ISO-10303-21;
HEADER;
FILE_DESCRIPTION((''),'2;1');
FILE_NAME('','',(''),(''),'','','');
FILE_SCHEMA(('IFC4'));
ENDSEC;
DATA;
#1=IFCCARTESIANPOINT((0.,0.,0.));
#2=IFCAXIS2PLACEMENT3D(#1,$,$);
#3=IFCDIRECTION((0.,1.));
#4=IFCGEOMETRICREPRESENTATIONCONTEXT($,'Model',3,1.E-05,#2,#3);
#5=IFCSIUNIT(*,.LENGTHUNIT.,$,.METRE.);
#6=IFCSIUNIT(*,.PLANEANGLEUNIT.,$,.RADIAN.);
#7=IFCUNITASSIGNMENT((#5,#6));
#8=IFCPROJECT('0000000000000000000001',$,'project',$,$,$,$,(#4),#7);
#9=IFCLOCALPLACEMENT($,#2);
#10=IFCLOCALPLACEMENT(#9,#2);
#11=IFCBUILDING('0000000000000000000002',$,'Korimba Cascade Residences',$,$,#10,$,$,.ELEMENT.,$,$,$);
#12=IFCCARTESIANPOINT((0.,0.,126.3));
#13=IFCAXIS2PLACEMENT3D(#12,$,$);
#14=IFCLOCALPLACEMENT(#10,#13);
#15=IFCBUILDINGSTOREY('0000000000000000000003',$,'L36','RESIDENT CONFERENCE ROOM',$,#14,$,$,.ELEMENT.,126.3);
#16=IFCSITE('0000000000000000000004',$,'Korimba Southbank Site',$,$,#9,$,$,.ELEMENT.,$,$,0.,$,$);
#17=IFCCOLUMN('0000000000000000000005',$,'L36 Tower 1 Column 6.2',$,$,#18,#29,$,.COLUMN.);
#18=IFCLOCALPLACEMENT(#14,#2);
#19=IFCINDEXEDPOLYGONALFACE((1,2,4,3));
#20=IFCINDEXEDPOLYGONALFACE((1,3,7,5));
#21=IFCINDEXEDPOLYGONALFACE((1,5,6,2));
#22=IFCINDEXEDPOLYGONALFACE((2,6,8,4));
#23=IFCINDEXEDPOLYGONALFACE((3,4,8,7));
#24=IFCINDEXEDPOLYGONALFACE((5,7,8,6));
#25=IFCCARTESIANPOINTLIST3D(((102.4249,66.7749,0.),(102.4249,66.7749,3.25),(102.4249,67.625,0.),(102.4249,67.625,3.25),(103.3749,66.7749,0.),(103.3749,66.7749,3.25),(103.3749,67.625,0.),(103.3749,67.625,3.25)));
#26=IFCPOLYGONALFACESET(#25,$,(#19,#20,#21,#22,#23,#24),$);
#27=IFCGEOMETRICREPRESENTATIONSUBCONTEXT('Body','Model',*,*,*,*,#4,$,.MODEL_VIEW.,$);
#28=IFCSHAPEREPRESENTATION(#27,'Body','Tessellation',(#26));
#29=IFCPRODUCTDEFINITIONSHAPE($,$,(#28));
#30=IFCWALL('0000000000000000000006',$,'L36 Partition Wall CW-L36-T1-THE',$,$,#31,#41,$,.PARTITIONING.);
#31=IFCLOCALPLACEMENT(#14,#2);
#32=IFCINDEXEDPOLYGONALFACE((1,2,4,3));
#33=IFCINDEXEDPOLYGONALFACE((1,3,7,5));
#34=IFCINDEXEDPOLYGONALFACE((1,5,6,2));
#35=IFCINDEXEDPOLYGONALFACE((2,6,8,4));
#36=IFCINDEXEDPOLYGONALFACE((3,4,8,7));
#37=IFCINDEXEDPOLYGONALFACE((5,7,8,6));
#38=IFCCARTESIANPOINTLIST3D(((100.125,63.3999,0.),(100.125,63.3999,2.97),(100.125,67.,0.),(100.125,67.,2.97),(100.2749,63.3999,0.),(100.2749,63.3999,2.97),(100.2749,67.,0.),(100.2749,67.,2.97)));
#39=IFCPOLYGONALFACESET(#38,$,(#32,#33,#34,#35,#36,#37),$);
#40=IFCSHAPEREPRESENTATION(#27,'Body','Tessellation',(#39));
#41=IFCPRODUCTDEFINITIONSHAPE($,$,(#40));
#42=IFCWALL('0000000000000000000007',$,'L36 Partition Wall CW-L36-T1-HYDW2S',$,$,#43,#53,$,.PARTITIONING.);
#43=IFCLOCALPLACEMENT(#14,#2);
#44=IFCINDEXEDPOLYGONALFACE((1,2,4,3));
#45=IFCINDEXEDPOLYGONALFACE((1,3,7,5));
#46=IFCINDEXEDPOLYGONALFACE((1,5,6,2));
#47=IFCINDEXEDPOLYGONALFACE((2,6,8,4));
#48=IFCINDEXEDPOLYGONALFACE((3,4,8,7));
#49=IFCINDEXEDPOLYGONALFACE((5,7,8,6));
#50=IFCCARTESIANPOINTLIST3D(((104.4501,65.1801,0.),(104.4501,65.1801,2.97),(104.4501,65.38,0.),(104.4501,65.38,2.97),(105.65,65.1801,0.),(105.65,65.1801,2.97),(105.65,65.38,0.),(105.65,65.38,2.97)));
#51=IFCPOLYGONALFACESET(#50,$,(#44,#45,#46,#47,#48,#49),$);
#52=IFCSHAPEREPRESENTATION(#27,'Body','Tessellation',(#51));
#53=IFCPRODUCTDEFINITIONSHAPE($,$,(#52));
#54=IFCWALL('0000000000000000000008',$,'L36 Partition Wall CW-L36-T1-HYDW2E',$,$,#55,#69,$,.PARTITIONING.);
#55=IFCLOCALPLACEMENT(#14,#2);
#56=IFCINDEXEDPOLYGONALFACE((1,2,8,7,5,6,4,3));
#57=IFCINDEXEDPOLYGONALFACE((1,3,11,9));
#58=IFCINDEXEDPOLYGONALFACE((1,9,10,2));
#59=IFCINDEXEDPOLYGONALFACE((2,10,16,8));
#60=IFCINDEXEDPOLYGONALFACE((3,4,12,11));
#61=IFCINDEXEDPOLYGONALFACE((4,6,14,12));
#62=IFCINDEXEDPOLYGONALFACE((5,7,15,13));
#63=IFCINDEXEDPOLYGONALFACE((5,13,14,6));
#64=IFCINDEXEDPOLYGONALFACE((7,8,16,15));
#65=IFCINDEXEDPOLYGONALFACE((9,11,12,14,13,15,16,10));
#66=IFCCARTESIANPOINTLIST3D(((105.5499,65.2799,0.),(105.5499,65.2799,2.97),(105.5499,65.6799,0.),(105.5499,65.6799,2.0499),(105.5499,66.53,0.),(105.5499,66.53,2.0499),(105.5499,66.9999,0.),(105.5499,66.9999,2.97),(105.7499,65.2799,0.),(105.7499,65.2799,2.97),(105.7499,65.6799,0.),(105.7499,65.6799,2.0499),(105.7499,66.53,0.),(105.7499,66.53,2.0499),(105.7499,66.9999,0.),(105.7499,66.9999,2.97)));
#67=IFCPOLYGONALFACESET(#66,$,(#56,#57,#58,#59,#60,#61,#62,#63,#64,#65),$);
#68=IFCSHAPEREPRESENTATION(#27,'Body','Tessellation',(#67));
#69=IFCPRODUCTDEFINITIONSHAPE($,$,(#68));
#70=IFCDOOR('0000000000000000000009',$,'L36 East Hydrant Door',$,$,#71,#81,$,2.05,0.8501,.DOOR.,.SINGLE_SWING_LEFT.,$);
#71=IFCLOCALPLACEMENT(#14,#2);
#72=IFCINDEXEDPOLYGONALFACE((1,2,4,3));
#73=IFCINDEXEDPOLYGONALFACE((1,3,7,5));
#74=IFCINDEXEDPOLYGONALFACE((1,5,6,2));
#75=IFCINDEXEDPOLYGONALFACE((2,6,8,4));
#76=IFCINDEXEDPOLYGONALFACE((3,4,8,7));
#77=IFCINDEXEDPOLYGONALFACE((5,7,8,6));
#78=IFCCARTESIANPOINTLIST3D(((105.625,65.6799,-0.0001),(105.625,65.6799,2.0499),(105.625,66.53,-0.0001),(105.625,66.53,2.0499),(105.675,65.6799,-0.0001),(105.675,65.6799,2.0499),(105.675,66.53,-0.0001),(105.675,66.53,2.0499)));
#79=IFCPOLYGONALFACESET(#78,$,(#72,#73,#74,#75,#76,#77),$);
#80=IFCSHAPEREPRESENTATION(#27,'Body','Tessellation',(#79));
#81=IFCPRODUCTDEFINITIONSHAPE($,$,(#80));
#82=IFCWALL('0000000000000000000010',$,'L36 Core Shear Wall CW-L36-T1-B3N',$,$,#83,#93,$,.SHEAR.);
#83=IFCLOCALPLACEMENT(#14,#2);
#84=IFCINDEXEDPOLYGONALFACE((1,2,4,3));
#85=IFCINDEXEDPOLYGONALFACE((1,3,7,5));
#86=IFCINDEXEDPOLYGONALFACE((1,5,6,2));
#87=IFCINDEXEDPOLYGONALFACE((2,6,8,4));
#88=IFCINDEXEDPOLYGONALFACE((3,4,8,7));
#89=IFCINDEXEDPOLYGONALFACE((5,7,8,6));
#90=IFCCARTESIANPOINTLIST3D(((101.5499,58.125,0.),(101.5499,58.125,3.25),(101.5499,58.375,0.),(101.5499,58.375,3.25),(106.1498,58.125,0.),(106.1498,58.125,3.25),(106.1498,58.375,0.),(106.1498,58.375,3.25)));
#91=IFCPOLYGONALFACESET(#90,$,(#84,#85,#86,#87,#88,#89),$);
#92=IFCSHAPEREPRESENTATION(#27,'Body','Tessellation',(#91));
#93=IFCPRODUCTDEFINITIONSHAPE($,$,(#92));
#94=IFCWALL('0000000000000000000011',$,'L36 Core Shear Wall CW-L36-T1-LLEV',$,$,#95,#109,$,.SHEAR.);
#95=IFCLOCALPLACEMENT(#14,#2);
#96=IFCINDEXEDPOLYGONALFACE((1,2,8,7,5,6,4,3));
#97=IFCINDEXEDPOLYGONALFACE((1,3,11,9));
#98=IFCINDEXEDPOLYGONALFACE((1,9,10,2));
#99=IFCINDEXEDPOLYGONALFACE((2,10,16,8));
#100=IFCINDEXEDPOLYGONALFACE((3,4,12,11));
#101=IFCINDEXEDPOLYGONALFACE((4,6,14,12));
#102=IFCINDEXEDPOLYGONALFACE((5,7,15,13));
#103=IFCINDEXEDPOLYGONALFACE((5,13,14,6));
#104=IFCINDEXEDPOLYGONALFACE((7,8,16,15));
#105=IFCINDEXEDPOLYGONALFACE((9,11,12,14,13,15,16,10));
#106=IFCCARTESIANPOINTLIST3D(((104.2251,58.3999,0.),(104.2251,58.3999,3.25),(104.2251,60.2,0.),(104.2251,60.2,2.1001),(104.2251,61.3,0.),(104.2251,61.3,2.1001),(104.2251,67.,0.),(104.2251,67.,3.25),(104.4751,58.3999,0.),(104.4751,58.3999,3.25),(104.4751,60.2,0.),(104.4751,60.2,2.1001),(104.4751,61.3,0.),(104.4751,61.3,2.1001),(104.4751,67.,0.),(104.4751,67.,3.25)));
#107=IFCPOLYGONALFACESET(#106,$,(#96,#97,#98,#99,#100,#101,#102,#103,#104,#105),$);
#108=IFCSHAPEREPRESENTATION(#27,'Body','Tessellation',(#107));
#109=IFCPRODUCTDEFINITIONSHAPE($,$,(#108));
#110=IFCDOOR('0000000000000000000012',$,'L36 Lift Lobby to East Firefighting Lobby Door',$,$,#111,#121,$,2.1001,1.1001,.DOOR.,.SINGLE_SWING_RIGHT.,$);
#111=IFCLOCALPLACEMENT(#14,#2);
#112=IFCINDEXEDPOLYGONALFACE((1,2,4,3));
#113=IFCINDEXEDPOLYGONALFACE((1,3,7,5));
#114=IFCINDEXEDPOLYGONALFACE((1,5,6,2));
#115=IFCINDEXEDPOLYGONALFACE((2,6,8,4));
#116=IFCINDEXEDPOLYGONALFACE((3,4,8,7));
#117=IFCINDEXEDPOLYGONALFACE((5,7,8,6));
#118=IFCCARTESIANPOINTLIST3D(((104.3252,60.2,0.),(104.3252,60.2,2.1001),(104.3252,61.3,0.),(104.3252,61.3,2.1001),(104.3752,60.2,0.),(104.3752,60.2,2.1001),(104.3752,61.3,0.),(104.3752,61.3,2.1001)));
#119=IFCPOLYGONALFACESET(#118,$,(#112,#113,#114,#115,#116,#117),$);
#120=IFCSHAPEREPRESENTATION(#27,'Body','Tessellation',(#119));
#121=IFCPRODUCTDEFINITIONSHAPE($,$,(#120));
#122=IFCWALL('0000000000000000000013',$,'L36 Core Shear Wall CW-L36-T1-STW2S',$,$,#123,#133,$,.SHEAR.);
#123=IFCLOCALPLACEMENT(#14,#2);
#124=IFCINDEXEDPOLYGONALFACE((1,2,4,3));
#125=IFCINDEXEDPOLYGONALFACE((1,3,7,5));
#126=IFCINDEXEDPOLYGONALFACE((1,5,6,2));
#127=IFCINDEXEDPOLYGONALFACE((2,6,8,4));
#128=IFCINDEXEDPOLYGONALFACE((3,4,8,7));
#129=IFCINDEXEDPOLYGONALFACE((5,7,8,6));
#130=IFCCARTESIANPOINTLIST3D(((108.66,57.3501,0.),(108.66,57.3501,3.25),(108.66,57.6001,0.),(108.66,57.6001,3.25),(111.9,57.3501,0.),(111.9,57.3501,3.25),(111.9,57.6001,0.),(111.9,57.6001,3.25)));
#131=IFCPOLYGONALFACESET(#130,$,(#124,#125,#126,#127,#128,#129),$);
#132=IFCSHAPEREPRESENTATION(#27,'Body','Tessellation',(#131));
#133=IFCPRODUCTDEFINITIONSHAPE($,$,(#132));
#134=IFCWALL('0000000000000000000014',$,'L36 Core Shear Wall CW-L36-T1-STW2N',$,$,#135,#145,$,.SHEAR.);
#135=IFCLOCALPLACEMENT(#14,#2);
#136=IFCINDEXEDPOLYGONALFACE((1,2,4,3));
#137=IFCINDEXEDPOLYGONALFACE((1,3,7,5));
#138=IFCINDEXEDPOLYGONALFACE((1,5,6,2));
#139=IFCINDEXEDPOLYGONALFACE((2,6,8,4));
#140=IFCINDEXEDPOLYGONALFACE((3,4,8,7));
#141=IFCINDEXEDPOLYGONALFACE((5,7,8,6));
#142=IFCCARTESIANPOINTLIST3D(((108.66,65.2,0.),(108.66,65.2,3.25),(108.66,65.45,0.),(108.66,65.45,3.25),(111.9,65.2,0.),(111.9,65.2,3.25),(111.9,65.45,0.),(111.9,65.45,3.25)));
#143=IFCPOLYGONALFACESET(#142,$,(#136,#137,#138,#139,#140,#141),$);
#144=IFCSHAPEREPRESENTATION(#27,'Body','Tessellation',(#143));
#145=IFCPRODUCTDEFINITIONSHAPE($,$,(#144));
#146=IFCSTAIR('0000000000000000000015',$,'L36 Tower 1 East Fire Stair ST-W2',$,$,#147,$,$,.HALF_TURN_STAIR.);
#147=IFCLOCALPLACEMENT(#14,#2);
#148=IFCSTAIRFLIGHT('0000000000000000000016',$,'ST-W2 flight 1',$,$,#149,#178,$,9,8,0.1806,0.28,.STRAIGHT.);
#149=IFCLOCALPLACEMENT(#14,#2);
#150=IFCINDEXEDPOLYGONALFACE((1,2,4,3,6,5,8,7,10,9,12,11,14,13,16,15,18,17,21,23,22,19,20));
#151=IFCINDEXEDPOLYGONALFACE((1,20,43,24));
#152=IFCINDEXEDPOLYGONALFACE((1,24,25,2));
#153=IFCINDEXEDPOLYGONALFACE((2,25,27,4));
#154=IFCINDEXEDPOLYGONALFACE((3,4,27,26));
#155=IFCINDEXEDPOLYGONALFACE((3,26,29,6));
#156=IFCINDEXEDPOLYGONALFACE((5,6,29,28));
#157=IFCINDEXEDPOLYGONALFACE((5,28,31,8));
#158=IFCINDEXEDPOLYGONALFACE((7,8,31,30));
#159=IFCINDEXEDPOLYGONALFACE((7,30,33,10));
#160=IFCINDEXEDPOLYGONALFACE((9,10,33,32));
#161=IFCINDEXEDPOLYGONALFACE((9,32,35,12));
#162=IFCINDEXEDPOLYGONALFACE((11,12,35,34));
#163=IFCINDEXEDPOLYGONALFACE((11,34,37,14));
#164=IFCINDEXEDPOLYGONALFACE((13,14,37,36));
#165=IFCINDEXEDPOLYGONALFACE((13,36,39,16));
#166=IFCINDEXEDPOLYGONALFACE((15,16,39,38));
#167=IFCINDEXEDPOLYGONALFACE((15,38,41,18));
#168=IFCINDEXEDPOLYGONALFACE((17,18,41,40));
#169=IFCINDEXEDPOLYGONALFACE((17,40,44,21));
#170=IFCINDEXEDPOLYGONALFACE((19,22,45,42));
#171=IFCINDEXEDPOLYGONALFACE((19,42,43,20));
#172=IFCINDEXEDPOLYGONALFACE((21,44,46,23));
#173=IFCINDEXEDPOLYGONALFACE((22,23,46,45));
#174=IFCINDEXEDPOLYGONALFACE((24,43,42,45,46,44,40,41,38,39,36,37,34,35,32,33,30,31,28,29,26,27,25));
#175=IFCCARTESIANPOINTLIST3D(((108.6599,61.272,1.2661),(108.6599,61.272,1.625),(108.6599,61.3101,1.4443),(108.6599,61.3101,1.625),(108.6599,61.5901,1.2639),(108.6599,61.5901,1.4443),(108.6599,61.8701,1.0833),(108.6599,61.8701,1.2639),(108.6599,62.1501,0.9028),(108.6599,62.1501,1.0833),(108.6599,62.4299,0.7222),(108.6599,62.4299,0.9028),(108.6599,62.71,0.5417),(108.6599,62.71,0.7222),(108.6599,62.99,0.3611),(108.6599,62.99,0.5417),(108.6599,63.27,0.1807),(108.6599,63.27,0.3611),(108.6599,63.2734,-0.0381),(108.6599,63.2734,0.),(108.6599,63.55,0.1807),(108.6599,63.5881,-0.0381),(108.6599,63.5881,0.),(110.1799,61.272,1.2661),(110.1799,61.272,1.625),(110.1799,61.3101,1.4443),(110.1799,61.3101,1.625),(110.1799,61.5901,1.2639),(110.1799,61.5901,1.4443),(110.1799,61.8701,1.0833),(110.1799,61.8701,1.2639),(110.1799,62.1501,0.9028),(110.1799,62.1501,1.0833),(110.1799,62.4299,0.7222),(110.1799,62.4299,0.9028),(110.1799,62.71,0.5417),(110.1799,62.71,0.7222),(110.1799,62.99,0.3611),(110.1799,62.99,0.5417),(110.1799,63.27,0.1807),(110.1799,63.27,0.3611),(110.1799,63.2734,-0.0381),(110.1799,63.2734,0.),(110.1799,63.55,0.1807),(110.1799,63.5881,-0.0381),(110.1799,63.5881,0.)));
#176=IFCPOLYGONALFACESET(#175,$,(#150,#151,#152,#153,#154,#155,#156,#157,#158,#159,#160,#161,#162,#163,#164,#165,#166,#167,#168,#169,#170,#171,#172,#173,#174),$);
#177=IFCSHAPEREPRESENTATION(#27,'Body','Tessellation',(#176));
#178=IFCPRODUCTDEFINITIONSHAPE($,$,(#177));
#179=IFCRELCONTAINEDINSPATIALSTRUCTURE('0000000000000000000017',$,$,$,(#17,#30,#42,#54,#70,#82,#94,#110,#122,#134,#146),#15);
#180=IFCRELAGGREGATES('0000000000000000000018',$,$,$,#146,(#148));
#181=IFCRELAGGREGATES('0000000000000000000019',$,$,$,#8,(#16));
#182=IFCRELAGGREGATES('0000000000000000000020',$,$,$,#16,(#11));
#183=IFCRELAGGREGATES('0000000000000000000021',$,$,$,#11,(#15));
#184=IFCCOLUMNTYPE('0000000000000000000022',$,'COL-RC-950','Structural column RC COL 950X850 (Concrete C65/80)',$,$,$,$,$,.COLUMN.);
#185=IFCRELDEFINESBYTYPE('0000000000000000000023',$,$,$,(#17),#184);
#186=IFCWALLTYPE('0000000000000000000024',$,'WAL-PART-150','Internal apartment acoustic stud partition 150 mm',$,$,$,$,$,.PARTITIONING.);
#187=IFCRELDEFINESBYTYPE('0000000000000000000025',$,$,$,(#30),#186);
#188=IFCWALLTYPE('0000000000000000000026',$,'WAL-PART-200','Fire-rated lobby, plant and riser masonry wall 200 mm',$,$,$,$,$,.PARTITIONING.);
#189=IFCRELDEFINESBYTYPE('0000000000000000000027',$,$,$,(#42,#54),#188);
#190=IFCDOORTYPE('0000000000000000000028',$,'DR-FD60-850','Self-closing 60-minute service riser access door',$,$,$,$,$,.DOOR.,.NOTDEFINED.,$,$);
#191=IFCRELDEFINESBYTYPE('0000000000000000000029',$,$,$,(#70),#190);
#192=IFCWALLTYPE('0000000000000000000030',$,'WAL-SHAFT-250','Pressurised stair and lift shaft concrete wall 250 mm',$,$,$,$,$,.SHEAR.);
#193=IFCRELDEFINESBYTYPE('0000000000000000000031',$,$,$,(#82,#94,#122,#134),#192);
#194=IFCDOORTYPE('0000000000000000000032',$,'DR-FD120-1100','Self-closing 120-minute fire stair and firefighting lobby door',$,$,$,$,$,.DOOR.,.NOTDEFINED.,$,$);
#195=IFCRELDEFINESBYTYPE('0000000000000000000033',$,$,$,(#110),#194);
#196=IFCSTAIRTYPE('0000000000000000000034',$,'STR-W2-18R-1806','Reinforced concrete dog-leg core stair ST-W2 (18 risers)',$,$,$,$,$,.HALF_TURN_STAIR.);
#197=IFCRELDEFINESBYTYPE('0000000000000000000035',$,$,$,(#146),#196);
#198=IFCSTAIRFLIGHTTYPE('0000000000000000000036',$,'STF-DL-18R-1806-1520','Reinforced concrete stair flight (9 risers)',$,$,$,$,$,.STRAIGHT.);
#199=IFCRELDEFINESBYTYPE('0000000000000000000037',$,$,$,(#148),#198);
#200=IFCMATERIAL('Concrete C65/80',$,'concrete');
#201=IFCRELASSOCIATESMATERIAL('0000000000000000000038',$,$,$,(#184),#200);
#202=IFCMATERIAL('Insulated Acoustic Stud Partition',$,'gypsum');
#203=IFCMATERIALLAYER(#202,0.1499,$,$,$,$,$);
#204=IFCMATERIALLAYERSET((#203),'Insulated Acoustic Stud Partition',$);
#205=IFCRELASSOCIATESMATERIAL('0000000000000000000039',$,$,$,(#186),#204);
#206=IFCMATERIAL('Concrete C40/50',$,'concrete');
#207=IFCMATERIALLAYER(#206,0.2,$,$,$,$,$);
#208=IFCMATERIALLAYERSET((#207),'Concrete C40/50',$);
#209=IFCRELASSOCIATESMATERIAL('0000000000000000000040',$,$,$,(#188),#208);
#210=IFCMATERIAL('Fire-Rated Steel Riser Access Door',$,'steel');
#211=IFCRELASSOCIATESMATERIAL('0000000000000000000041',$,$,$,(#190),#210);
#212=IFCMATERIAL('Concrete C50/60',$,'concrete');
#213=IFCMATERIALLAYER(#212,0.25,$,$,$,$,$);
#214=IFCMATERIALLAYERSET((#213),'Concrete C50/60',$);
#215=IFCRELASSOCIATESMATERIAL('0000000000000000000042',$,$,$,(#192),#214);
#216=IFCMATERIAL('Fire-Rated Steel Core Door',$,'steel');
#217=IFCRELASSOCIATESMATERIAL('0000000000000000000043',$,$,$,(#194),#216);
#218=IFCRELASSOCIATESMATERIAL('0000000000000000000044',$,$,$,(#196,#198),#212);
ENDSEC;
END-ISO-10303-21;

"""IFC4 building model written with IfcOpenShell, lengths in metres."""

from ifc_helpers import new_model, si_unit, direction, frame, frame_2d, origin, origin_2d, place, context, subcontext, project, spatial, polyline, rectangle, outline, extrude, material, layer, layer_set, material_profile, profile_set, type_object, element, fill, aggregate, save


model = new_model("IFC4")

# Units and contexts
model_context = context("Model", 3, precision=1e-05, world=origin(), true_north=direction((0.0, 1.0)))
body_context = subcontext(model_context, "Body", "Model", "MODEL_VIEW")
ifc_project = project(units=[si_unit("LENGTHUNIT", "METRE"), si_unit("PLANEANGLEUNIT", "RADIAN")], contexts=[model_context])

# Site, building, storey
site_placement = place(None, origin())
site = spatial("IfcSite", under=ifc_project, at=site_placement, Name="Korimba Southbank Site", CompositionType="ELEMENT", RefElevation=0.0)
building_placement = place(site_placement, origin())
building = spatial("IfcBuilding", under=site, at=building_placement, Name="Korimba Cascade Residences", CompositionType="ELEMENT")
storey_placement = place(building_placement, frame((0.0, 0.0, 126.3)))
storey = spatial("IfcBuildingStorey", under=building, at=storey_placement, Name="L36", Description="RESIDENT CONFERENCE ROOM", CompositionType="ELEMENT", Elevation=126.3)

# Column
ifc_material_1 = material(Name="Concrete C65/80", Category="concrete")
ifc_material_profile = material_profile(ifc_material_1, rectangle(XDim=0.95, YDim=0.8501, at=origin_2d()), Name="Concrete C65/80")
ifc_profile_set = profile_set([ifc_material_profile], Name="Concrete C65/80")
column_type = type_object("IfcColumnType", Name="COL-RC-950", Description="Structural column RC COL 950X850 (Concrete C65/80)", PredefinedType="COLUMN", material=ifc_profile_set)
column_placement = place(storey_placement, frame((102.8999, 67.2, 0.0), z_axis=(0.0, 0.0, 1.0), x_axis=(1.0, 0.0, 0.0)))
element("IfcColumn", 1, at=column_placement, inside=storey, type_object=column_type, Name="L36 Tower 1 Column 6.2", PredefinedType="COLUMN", context=body_context, shape_type="SweptSolid", body=[
    extrude(rectangle(XDim=0.95, YDim=0.8501, at=origin_2d()), origin(), (0.0, 0.0, 1.0), 3.25),
])

# Walls
ifc_material_2 = material(Name="Insulated Acoustic Stud Partition", Category="gypsum")
ifc_layer_1 = layer(ifc_material_2, 0.1499)
ifc_layer_set_1 = layer_set([ifc_layer_1], Name="Insulated Acoustic Stud Partition")
wall_type_1 = type_object("IfcWallType", Name="WAL-PART-150", Description="Internal apartment acoustic stud partition 150 mm", PredefinedType="PARTITIONING", material=ifc_layer_set_1)
wall_1_placement = place(storey_placement, frame((100.2, 63.3999, 0.0), z_axis=(0.0, 0.0, 1.0), x_axis=(0.0, 1.0, 0.0)))
element("IfcWall", 2, at=wall_1_placement, inside=storey, type_object=wall_type_1, Name="L36 Partition Wall CW-L36-T1-THE", PredefinedType="PARTITIONING", context=body_context, shape_type="SweptSolid", body=[
    extrude(rectangle(XDim=3.6001, YDim=0.1499, at=frame_2d((1.8, 0.0))), origin(), (0.0, 0.0, 1.0), 2.97),
])
ifc_material_3 = material(Name="Concrete C40/50", Category="concrete")
ifc_layer_2 = layer(ifc_material_3, 0.2)
ifc_layer_set_2 = layer_set([ifc_layer_2], Name="Concrete C40/50")
wall_type_2 = type_object("IfcWallType", Name="WAL-PART-200", Description="Fire-rated lobby, plant and riser masonry wall 200 mm", PredefinedType="PARTITIONING", material=ifc_layer_set_2)
wall_2_placement = place(storey_placement, frame((104.45, 65.28, 0.0), z_axis=(0.0, 0.0, 1.0), x_axis=(1.0, 0.0, 0.0)))
element("IfcWall", 3, at=wall_2_placement, inside=storey, type_object=wall_type_2, Name="L36 Partition Wall CW-L36-T1-HYDW2S", PredefinedType="PARTITIONING", context=body_context, shape_type="SweptSolid", body=[
    extrude(rectangle(XDim=1.2, YDim=0.2, at=frame_2d((0.6001, 0.0))), origin(), (0.0, 0.0, 1.0), 2.97),
])

# Wall, opening, door
wall_3_placement = place(storey_placement, frame((105.6499, 65.28, 0.0), z_axis=(0.0, 0.0, 1.0), x_axis=(0.0, 1.0, 0.0)))
wall_3 = element("IfcWall", 4, at=wall_3_placement, inside=storey, type_object=wall_type_2, Name="L36 Partition Wall CW-L36-T1-HYDW2E", PredefinedType="PARTITIONING", context=body_context, shape_type="SweptSolid", body=[
    extrude(rectangle(XDim=1.72, YDim=0.2, at=frame_2d((0.8599, 0.0))), origin(), (0.0, 0.0, 1.0), 2.97),
])
opening_1_placement = place(wall_3_placement, frame((0.3999, 0.0, 0.0)))
opening_1 = element("IfcOpeningElement", 5, at=opening_1_placement, cuts=wall_3, PredefinedType="OPENING", context=body_context, shape_type="SweptSolid", body=[
    extrude(rectangle(XDim=0.8501, YDim=2.05, at=frame_2d((0.425, 1.0249))), frame((0.0, 0.1099, 0.0), z_axis=(0.0, -1.0, 0.0), x_axis=(1.0, 0.0, 0.0)), (0.0, 0.0, 1.0), 0.22),
])
ifc_material_4 = material(Name="Fire-Rated Steel Riser Access Door", Category="steel")
door_type_1 = type_object("IfcDoorType", Name="DR-FD60-850", Description="Self-closing 60-minute service riser access door", OperationType="NOTDEFINED", PredefinedType="DOOR", material=ifc_material_4)
door_1_placement = place(opening_1_placement, origin())
door_1 = element("IfcDoor", 6, at=door_1_placement, inside=storey, type_object=door_type_1, Name="L36 East Hydrant Door", OperationType="SINGLE_SWING_LEFT", OverallHeight=2.05, OverallWidth=0.8501, PredefinedType="DOOR", context=body_context, shape_type="SweptSolid", body=[
    extrude(rectangle(XDim=0.8501, YDim=2.05, at=frame_2d((0.425, 1.0249))), frame((0.0, 0.0249, 0.0), z_axis=(0.0, -1.0, 0.0), x_axis=(1.0, 0.0, 0.0)), (0.0, 0.0, 1.0), 0.05),
])
fill(opening_1, door_1)

# Wall
ifc_material_5 = material(Name="Concrete C50/60", Category="concrete")
ifc_layer_3 = layer(ifc_material_5, 0.25)
ifc_layer_set_3 = layer_set([ifc_layer_3], Name="Concrete C50/60")
wall_type_3 = type_object("IfcWallType", Name="WAL-SHAFT-250", Description="Pressurised stair and lift shaft concrete wall 250 mm", PredefinedType="SHEAR", material=ifc_layer_set_3)
wall_4_placement = place(storey_placement, frame((101.55, 58.25, 0.0), z_axis=(0.0, 0.0, 1.0), x_axis=(1.0, 0.0, 0.0)))
element("IfcWall", 7, at=wall_4_placement, inside=storey, type_object=wall_type_3, Name="L36 Core Shear Wall CW-L36-T1-B3N", PredefinedType="SHEAR", context=body_context, shape_type="SweptSolid", body=[
    extrude(rectangle(XDim=4.5999, YDim=0.25, at=frame_2d((2.2998, 0.0))), origin(), (0.0, 0.0, 1.0), 3.25),
])

# Wall, opening, door
wall_5_placement = place(storey_placement, frame((104.3501, 58.3999, 0.0), z_axis=(0.0, 0.0, 1.0), x_axis=(0.0, 1.0, 0.0)))
wall_5 = element("IfcWall", 8, at=wall_5_placement, inside=storey, type_object=wall_type_3, Name="L36 Core Shear Wall CW-L36-T1-LLEV", PredefinedType="SHEAR", context=body_context, shape_type="SweptSolid", body=[
    extrude(rectangle(XDim=8.6001, YDim=0.25, at=frame_2d((4.3, 0.0))), origin(), (0.0, 0.0, 1.0), 3.25),
])
opening_2_placement = place(wall_5_placement, frame((1.8, 0.0, 0.0)))
opening_2 = element("IfcOpeningElement", 9, at=opening_2_placement, cuts=wall_5, PredefinedType="OPENING", context=body_context, shape_type="SweptSolid", body=[
    extrude(rectangle(XDim=1.1001, YDim=2.1001, at=frame_2d((0.55, 1.05))), frame((0.0, 0.135, 0.0), z_axis=(0.0, -1.0, 0.0), x_axis=(1.0, 0.0, 0.0)), (0.0, 0.0, 1.0), 0.27),
])
ifc_material_6 = material(Name="Fire-Rated Steel Core Door", Category="steel")
door_type_2 = type_object("IfcDoorType", Name="DR-FD120-1100", Description="Self-closing 120-minute fire stair and firefighting lobby door", OperationType="NOTDEFINED", PredefinedType="DOOR", material=ifc_material_6)
door_2_placement = place(opening_2_placement, origin())
door_2 = element("IfcDoor", 10, at=door_2_placement, inside=storey, type_object=door_type_2, Name="L36 Lift Lobby to East Firefighting Lobby Door", OperationType="SINGLE_SWING_RIGHT", OverallHeight=2.1001, OverallWidth=1.1001, PredefinedType="DOOR", context=body_context, shape_type="SweptSolid", body=[
    extrude(rectangle(XDim=1.1001, YDim=2.1001, at=frame_2d((0.55, 1.05))), frame((0.0, 0.0249, 0.0), z_axis=(0.0, -1.0, 0.0), x_axis=(1.0, 0.0, 0.0)), (0.0, 0.0, 1.0), 0.05),
])
fill(opening_2, door_2)

# Walls
for number, where, z_axis, x_axis, name in (
    (11, (108.6599, 57.4751, 0.0), (0.0, 0.0, 1.0), (1.0, 0.0, 0.0), "L36 Core Shear Wall CW-L36-T1-STW2S"),
    (12, (108.6599, 65.325, 0.0), (0.0, 0.0, 1.0), (1.0, 0.0, 0.0), "L36 Core Shear Wall CW-L36-T1-STW2N"),
):
    element("IfcWall", number, at=place(storey_placement, frame(where, z_axis=z_axis, x_axis=x_axis)), inside=storey, type_object=wall_type_3, Name=name, PredefinedType="SHEAR", context=body_context, shape_type="SweptSolid", body=[
        extrude(rectangle(XDim=3.24, YDim=0.25, at=frame_2d((1.6201, 0.0))), origin(), (0.0, 0.0, 1.0), 3.25),
    ])

# Stair, stair flight
stair_type = type_object("IfcStairType", Name="STR-W2-18R-1806", Description="Reinforced concrete dog-leg core stair ST-W2 (18 risers)", PredefinedType="HALF_TURN_STAIR", material=ifc_material_5)
stair_placement = place(storey_placement, origin())
stair = element("IfcStair", 13, at=stair_placement, inside=storey, type_object=stair_type, Name="L36 Tower 1 East Fire Stair ST-W2", PredefinedType="HALF_TURN_STAIR")
stair_flight_type = type_object("IfcStairFlightType", Name="STF-DL-18R-1806-1520", Description="Reinforced concrete stair flight (9 risers)", PredefinedType="STRAIGHT", material=ifc_material_5)
stair_flight_placement = place(storey_placement, frame((109.4199, 63.55, 0.0), z_axis=(0.0, 0.0, 1.0), x_axis=(0.0, -1.0, 0.0)))
stair_flight = element("IfcStairFlight", 14, at=stair_flight_placement, type_object=stair_flight_type, Name="ST-W2 flight 1", NumberOfRisers=9, NumberOfTreads=8, PredefinedType="STRAIGHT", RiserHeight=0.1806, TreadLength=0.28, context=body_context, shape_type="SweptSolid", body=[
    extrude(outline(polyline([(-0.0381, 0.0), (0.0, 0.1807), (0.28, 0.1807), (0.28, 0.3611), (0.5601, 0.3611), (0.5601, 0.5417), (0.8401, 0.5417), (0.8401, 0.7222), (1.1201, 0.7222), (1.1201, 0.9028), (1.3999, 0.9028), (1.3999, 1.0833), (1.6799, 1.0833), (1.6799, 1.2639), (1.96, 1.2639), (1.96, 1.4443), (2.24, 1.4443), (2.24, 1.625), (2.2781, 1.625), (2.2781, 1.2661), (0.2766, 0.0), (0.2766, -0.0381), (-0.0381, -0.0381), (-0.0381, 0.0)])), frame((0.0, 0.76, 0.0), z_axis=(0.0, -1.0, 0.0), x_axis=(1.0, 0.0, 0.0)), (0.0, 0.0, 1.0), 1.52),
])
aggregate(stair, [stair_flight])

save(model, "model.ifc")
